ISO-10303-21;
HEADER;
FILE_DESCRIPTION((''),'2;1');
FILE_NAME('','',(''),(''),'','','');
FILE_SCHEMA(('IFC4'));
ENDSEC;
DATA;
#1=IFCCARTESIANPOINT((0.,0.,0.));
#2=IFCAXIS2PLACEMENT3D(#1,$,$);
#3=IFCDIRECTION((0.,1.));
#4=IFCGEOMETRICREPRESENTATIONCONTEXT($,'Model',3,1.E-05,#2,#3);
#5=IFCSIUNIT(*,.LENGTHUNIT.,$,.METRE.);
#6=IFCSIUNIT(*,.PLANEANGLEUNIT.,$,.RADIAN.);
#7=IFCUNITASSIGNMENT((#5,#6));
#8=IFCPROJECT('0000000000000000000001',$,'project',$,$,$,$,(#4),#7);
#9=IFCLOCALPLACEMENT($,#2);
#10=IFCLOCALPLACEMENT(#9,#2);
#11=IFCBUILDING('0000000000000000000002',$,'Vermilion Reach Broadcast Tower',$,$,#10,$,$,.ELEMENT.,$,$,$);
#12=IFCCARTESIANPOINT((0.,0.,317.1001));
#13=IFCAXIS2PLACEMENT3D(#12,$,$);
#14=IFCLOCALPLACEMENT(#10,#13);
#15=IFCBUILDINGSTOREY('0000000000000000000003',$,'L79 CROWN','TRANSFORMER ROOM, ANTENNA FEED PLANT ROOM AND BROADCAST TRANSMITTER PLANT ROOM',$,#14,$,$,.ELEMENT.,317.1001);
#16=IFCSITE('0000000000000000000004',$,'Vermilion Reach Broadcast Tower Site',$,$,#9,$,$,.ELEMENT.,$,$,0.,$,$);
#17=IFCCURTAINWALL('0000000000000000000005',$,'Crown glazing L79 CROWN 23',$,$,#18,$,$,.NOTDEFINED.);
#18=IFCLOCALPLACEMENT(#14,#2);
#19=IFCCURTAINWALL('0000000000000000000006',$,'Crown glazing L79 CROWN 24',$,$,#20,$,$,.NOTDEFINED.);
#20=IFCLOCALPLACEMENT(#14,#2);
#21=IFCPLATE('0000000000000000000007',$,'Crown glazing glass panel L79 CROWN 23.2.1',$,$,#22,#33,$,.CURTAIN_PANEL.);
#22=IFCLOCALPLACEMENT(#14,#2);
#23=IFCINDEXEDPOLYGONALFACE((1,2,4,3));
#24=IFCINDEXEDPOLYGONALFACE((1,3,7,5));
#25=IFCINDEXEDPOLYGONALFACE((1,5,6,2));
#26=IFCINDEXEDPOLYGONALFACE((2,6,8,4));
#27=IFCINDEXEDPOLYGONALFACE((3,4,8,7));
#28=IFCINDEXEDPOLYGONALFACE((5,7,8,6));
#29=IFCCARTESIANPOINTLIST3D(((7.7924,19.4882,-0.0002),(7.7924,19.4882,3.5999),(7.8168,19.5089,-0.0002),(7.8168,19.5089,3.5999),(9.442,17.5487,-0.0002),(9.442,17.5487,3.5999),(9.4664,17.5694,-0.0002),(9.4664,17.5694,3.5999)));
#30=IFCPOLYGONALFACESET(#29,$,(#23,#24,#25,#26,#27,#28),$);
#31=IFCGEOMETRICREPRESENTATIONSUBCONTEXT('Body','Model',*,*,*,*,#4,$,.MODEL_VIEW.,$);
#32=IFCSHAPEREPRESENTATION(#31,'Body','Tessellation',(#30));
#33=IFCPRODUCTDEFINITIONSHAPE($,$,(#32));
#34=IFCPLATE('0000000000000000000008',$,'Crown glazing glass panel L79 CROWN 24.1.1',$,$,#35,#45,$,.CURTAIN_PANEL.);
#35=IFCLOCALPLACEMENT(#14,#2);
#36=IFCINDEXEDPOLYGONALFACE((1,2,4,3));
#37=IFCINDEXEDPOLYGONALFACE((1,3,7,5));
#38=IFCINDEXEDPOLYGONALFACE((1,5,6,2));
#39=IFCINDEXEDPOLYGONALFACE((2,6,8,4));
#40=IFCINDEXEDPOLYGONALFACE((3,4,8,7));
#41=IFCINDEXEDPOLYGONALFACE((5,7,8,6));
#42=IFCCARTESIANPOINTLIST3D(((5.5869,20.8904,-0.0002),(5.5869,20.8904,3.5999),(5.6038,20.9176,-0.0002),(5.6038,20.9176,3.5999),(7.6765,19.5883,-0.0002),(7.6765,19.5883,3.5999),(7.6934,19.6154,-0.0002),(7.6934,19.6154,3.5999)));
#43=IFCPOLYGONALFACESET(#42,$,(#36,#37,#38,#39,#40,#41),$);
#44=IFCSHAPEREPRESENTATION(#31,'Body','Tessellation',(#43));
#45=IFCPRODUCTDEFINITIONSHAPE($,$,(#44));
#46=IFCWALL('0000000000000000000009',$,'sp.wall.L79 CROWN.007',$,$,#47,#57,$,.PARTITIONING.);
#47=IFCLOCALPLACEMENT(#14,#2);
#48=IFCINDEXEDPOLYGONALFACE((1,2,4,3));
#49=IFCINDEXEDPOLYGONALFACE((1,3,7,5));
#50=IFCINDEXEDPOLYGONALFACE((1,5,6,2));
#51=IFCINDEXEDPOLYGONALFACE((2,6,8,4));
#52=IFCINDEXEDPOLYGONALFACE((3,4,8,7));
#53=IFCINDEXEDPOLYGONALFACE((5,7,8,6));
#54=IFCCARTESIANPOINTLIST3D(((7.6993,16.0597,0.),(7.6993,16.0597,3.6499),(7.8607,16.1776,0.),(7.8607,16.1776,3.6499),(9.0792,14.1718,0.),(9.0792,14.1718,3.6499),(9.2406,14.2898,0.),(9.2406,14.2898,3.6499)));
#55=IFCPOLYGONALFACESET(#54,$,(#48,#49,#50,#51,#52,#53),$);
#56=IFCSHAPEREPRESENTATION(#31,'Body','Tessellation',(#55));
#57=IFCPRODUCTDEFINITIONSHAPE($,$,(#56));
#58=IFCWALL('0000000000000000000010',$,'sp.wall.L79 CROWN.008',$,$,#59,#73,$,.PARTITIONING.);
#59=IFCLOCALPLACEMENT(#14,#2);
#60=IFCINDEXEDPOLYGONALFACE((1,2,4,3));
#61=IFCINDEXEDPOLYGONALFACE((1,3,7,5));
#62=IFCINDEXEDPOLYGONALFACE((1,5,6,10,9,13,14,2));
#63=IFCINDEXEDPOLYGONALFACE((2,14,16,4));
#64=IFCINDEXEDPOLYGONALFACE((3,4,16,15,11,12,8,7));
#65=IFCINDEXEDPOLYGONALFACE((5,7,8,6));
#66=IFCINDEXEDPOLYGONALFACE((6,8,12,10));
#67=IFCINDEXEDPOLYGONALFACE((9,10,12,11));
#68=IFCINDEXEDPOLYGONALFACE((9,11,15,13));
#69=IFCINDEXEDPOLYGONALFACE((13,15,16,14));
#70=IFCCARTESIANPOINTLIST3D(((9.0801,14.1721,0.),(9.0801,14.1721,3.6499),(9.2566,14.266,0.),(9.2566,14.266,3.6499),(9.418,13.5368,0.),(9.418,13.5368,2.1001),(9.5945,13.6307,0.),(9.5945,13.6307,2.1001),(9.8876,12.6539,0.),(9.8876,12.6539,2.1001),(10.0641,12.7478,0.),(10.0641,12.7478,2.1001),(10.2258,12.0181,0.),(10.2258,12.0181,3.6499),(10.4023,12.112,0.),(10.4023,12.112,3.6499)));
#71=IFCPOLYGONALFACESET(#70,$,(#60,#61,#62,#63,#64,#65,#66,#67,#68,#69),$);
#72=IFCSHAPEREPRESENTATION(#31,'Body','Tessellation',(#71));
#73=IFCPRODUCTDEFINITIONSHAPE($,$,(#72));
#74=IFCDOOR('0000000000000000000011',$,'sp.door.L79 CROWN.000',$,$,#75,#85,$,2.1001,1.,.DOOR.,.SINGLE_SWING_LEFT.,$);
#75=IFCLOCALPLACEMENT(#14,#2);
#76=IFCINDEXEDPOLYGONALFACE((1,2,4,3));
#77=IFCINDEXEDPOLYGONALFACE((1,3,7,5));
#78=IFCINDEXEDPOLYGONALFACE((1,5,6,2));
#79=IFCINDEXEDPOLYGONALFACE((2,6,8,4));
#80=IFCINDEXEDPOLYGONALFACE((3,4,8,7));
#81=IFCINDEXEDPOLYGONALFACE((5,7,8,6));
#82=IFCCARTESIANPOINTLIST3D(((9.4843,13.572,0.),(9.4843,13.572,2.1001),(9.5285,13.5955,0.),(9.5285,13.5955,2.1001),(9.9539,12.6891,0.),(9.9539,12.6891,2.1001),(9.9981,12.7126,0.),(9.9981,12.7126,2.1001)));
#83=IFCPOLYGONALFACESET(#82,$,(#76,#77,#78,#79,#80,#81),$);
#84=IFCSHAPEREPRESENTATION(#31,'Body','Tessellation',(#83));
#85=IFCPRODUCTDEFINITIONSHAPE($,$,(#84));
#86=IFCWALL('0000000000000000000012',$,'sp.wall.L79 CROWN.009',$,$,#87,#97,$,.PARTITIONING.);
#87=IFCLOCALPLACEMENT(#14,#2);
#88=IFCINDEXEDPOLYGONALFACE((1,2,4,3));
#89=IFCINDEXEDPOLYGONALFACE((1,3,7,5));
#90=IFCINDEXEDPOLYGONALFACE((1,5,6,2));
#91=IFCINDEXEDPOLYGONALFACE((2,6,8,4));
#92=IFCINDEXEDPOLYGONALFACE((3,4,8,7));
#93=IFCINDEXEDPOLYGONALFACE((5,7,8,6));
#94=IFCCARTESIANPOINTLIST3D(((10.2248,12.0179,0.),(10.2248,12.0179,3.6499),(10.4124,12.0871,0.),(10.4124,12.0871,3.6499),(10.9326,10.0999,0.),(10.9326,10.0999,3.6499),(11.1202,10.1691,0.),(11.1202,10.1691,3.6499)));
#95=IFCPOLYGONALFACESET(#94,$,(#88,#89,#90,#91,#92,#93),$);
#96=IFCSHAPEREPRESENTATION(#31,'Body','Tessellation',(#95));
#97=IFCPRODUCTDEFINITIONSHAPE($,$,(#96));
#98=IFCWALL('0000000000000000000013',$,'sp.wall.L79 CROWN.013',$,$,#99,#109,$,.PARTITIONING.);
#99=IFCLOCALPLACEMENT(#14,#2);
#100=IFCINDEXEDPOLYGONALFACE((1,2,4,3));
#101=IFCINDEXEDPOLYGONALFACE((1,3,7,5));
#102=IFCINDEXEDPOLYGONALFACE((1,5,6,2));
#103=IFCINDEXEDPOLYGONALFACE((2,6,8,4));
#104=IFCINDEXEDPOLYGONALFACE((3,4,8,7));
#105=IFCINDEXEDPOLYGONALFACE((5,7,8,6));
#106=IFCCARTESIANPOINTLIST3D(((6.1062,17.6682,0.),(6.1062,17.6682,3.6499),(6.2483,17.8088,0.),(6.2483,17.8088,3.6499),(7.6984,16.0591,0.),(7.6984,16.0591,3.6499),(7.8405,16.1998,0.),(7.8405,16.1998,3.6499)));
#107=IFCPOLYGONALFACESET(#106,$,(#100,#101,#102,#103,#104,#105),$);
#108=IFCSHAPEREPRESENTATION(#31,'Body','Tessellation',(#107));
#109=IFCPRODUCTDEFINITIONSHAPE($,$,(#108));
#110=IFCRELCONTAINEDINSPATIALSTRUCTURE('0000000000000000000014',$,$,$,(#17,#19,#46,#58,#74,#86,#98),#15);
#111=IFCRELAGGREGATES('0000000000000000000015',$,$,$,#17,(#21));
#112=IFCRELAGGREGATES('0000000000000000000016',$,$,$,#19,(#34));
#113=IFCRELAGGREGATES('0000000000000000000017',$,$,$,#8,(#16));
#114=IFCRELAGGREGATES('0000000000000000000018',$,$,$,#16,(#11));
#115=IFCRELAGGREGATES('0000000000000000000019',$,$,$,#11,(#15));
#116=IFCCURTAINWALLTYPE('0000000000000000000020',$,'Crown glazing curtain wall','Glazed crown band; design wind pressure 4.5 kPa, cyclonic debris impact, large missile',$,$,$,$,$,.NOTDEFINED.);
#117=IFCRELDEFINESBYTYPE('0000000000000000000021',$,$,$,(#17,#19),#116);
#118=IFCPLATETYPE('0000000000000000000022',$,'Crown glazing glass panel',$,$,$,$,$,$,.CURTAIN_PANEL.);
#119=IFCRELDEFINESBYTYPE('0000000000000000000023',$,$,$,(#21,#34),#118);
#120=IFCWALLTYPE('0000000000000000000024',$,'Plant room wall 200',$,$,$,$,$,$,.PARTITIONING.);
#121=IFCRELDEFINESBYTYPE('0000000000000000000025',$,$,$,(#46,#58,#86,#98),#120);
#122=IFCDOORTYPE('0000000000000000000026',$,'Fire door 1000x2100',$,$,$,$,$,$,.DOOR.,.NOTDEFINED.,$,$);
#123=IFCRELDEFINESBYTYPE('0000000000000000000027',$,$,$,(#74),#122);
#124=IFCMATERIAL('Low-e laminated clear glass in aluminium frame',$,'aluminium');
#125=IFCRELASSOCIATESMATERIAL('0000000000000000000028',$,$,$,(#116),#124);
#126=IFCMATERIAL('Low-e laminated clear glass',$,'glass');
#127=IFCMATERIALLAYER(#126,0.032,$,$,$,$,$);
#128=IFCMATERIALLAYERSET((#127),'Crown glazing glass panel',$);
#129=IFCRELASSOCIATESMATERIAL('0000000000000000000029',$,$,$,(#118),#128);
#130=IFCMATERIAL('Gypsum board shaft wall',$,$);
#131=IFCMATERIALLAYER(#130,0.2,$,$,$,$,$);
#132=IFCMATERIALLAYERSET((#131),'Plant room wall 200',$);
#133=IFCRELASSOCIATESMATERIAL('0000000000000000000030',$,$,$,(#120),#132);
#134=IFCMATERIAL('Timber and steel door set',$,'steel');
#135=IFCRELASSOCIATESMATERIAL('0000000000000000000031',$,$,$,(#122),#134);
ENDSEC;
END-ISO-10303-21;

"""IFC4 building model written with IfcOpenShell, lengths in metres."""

from ifc_helpers import new_model, si_unit, direction, frame, frame_2d, origin, origin_2d, place, context, subcontext, project, spatial, rectangle, extrude, material, layer, layer_set, type_object, element, fill, aggregate, save


model = new_model("IFC4")

# Units and contexts
model_context = context("Model", 3, precision=1e-05, world=origin(), true_north=direction((0.0, 1.0)))
body_context = subcontext(model_context, "Body", "Model", "MODEL_VIEW")
ifc_project = project(units=[si_unit("LENGTHUNIT", "METRE"), si_unit("PLANEANGLEUNIT", "RADIAN")], contexts=[model_context])

# Site, building, storey
site_placement = place(None, origin())
site = spatial("IfcSite", under=ifc_project, at=site_placement, Name="Vermilion Reach Broadcast Tower Site", CompositionType="ELEMENT", RefElevation=0.0)
building_placement = place(site_placement, origin())
building = spatial("IfcBuilding", under=site, at=building_placement, Name="Vermilion Reach Broadcast Tower", CompositionType="ELEMENT")
storey_placement = place(building_placement, frame((0.0, 0.0, 317.1001)))
storey = spatial("IfcBuildingStorey", under=building, at=storey_placement, Name="L79 CROWN", Description="TRANSFORMER ROOM, ANTENNA FEED PLANT ROOM AND BROADCAST TRANSMITTER PLANT ROOM", CompositionType="ELEMENT", Elevation=317.1001)

# Curtain walls
ifc_material_1 = material(Name="Low-e laminated clear glass in aluminium frame", Category="aluminium")
curtain_wall_type = type_object("IfcCurtainWallType", Name="Crown glazing curtain wall", Description="Glazed crown band; design wind pressure 4.5 kPa, cyclonic debris impact, large missile", PredefinedType="NOTDEFINED", material=ifc_material_1)
placement = place(storey_placement, origin())
curtain_wall_1 = element("IfcCurtainWall", 1, at=placement, inside=storey, type_object=curtain_wall_type, Name="Crown glazing L79 CROWN 23", PredefinedType="NOTDEFINED")
curtain_wall_2 = element("IfcCurtainWall", 2, at=placement, inside=storey, type_object=curtain_wall_type, Name="Crown glazing L79 CROWN 24", PredefinedType="NOTDEFINED")

# Plates
ifc_material_2 = material(Name="Low-e laminated clear glass", Category="glass")
ifc_layer_1 = layer(ifc_material_2, 0.032)
ifc_layer_set_1 = layer_set([ifc_layer_1], Name="Crown glazing glass panel")
plate_type = type_object("IfcPlateType", Name="Crown glazing glass panel", PredefinedType="CURTAIN_PANEL", material=ifc_layer_set_1)
plate_1_placement = place(storey_placement, frame((8.6294, 18.5288, -0.0002), z_axis=(0.0, 0.0, 1.0), x_axis=(-0.647871, 0.76175, 0.0)))
plate_1 = element("IfcPlate", 3, at=plate_1_placement, type_object=plate_type, Name="Crown glazing glass panel L79 CROWN 23.2.1", PredefinedType="CURTAIN_PANEL", context=body_context, shape_type="SweptSolid", body=[
    extrude(rectangle(XDim=2.5461, YDim=0.032, at=origin_2d()), origin(), (0.0, 0.0, 1.0), 3.6001),
])
aggregate(curtain_wall_1, [plate_1])
plate_2_placement = place(storey_placement, frame((6.6401, 20.2529, -0.0002), z_axis=(0.0, 0.0, 1.0), x_axis=(-0.848708, 0.528861, 0.0)))
plate_2 = element("IfcPlate", 4, at=plate_2_placement, type_object=plate_type, Name="Crown glazing glass panel L79 CROWN 24.1.1", PredefinedType="CURTAIN_PANEL", context=body_context, shape_type="SweptSolid", body=[
    extrude(rectangle(XDim=2.4622, YDim=0.032, at=origin_2d()), origin(), (0.0, 0.0, 1.0), 3.6001),
])
aggregate(curtain_wall_2, [plate_2])

# Wall
ifc_material_3 = material(Name="Gypsum board shaft wall")
ifc_layer_2 = layer(ifc_material_3, 0.2)
ifc_layer_set_2 = layer_set([ifc_layer_2], Name="Plant room wall 200")
wall_type = type_object("IfcWallType", Name="Plant room wall 200", PredefinedType="PARTITIONING", material=ifc_layer_set_2)
wall_1_placement = place(storey_placement, frame((7.78, 16.1187, 0.0), z_axis=(0.0, 0.0, 1.0), x_axis=(0.590082, -0.807343, 0.0)))
element("IfcWall", 5, at=wall_1_placement, inside=storey, type_object=wall_type, Name="sp.wall.L79 CROWN.007", PredefinedType="PARTITIONING", context=body_context, shape_type="SweptSolid", body=[
    extrude(rectangle(XDim=2.3384, YDim=0.2, at=frame_2d((1.1692, 0.0))), origin(), (0.0, 0.0, 1.0), 3.6499),
])

# Wall, opening, door
wall_2_placement = place(storey_placement, frame((10.314, 12.0652, 0.0), z_axis=(0.0, 0.0, 1.0), x_axis=(-0.469606, 0.882876, 0.0)))
wall_2 = element("IfcWall", 6, at=wall_2_placement, inside=storey, type_object=wall_type, Name="sp.wall.L79 CROWN.008", PredefinedType="PARTITIONING", context=body_context, shape_type="SweptSolid", body=[
    extrude(rectangle(XDim=2.4397, YDim=0.2, at=frame_2d((1.2197, 0.0))), origin(), (0.0, 0.0, 1.0), 3.6499),
])
opening_placement = place(wall_2_placement, frame((0.72, 0.0, 0.0)))
opening = element("IfcOpeningElement", 7, at=opening_placement, cuts=wall_2, PredefinedType="OPENING", context=body_context, shape_type="SweptSolid", body=[
    extrude(rectangle(XDim=1.0, YDim=2.1001, at=frame_2d((0.5, 1.05))), frame((0.0, 0.1099, 0.0), z_axis=(0.0, -1.0, 0.0), x_axis=(1.0, 0.0, 0.0)), (0.0, 0.0, 1.0), 0.22),
])
ifc_material_4 = material(Name="Timber and steel door set", Category="steel")
door_type = type_object("IfcDoorType", Name="Fire door 1000x2100", OperationType="NOTDEFINED", PredefinedType="DOOR", material=ifc_material_4)
door_placement = place(opening_placement, origin())
door = element("IfcDoor", 8, at=door_placement, inside=storey, type_object=door_type, Name="sp.door.L79 CROWN.000", OperationType="SINGLE_SWING_LEFT", OverallHeight=2.1001, OverallWidth=1.0, PredefinedType="DOOR", context=body_context, shape_type="SweptSolid", body=[
    extrude(rectangle(XDim=1.0, YDim=2.1001, at=frame_2d((0.5, 1.05))), frame((0.0, 0.0249, 0.0), z_axis=(0.0, -1.0, 0.0), x_axis=(1.0, 0.0, 0.0)), (0.0, 0.0, 1.0), 0.05),
])
fill(opening, door)

# Walls
wall_3_placement = place(storey_placement, frame((10.3186, 12.0525, 0.0), z_axis=(0.0, 0.0, 1.0), x_axis=(0.346198, -0.938162, 0.0)))
element("IfcWall", 9, at=wall_3_placement, inside=storey, type_object=wall_type, Name="sp.wall.L79 CROWN.009", PredefinedType="PARTITIONING", context=body_context, shape_type="SweptSolid", body=[
    extrude(rectangle(XDim=2.0444, YDim=0.2, at=frame_2d((1.0222, 0.0))), origin(), (0.0, 0.0, 1.0), 3.6499),
])
wall_4_placement = place(storey_placement, frame((6.1772, 17.7385, 0.0), z_axis=(0.0, 0.0, 1.0), x_axis=(0.703376, -0.710818, 0.0)))
element("IfcWall", 10, at=wall_4_placement, inside=storey, type_object=wall_type, Name="sp.wall.L79 CROWN.013", PredefinedType="PARTITIONING", context=body_context, shape_type="SweptSolid", body=[
    extrude(rectangle(XDim=2.2637, YDim=0.2, at=frame_2d((1.1318, 0.0))), origin(), (0.0, 0.0, 1.0), 3.6499),
])

save(model, "model.ifc")
